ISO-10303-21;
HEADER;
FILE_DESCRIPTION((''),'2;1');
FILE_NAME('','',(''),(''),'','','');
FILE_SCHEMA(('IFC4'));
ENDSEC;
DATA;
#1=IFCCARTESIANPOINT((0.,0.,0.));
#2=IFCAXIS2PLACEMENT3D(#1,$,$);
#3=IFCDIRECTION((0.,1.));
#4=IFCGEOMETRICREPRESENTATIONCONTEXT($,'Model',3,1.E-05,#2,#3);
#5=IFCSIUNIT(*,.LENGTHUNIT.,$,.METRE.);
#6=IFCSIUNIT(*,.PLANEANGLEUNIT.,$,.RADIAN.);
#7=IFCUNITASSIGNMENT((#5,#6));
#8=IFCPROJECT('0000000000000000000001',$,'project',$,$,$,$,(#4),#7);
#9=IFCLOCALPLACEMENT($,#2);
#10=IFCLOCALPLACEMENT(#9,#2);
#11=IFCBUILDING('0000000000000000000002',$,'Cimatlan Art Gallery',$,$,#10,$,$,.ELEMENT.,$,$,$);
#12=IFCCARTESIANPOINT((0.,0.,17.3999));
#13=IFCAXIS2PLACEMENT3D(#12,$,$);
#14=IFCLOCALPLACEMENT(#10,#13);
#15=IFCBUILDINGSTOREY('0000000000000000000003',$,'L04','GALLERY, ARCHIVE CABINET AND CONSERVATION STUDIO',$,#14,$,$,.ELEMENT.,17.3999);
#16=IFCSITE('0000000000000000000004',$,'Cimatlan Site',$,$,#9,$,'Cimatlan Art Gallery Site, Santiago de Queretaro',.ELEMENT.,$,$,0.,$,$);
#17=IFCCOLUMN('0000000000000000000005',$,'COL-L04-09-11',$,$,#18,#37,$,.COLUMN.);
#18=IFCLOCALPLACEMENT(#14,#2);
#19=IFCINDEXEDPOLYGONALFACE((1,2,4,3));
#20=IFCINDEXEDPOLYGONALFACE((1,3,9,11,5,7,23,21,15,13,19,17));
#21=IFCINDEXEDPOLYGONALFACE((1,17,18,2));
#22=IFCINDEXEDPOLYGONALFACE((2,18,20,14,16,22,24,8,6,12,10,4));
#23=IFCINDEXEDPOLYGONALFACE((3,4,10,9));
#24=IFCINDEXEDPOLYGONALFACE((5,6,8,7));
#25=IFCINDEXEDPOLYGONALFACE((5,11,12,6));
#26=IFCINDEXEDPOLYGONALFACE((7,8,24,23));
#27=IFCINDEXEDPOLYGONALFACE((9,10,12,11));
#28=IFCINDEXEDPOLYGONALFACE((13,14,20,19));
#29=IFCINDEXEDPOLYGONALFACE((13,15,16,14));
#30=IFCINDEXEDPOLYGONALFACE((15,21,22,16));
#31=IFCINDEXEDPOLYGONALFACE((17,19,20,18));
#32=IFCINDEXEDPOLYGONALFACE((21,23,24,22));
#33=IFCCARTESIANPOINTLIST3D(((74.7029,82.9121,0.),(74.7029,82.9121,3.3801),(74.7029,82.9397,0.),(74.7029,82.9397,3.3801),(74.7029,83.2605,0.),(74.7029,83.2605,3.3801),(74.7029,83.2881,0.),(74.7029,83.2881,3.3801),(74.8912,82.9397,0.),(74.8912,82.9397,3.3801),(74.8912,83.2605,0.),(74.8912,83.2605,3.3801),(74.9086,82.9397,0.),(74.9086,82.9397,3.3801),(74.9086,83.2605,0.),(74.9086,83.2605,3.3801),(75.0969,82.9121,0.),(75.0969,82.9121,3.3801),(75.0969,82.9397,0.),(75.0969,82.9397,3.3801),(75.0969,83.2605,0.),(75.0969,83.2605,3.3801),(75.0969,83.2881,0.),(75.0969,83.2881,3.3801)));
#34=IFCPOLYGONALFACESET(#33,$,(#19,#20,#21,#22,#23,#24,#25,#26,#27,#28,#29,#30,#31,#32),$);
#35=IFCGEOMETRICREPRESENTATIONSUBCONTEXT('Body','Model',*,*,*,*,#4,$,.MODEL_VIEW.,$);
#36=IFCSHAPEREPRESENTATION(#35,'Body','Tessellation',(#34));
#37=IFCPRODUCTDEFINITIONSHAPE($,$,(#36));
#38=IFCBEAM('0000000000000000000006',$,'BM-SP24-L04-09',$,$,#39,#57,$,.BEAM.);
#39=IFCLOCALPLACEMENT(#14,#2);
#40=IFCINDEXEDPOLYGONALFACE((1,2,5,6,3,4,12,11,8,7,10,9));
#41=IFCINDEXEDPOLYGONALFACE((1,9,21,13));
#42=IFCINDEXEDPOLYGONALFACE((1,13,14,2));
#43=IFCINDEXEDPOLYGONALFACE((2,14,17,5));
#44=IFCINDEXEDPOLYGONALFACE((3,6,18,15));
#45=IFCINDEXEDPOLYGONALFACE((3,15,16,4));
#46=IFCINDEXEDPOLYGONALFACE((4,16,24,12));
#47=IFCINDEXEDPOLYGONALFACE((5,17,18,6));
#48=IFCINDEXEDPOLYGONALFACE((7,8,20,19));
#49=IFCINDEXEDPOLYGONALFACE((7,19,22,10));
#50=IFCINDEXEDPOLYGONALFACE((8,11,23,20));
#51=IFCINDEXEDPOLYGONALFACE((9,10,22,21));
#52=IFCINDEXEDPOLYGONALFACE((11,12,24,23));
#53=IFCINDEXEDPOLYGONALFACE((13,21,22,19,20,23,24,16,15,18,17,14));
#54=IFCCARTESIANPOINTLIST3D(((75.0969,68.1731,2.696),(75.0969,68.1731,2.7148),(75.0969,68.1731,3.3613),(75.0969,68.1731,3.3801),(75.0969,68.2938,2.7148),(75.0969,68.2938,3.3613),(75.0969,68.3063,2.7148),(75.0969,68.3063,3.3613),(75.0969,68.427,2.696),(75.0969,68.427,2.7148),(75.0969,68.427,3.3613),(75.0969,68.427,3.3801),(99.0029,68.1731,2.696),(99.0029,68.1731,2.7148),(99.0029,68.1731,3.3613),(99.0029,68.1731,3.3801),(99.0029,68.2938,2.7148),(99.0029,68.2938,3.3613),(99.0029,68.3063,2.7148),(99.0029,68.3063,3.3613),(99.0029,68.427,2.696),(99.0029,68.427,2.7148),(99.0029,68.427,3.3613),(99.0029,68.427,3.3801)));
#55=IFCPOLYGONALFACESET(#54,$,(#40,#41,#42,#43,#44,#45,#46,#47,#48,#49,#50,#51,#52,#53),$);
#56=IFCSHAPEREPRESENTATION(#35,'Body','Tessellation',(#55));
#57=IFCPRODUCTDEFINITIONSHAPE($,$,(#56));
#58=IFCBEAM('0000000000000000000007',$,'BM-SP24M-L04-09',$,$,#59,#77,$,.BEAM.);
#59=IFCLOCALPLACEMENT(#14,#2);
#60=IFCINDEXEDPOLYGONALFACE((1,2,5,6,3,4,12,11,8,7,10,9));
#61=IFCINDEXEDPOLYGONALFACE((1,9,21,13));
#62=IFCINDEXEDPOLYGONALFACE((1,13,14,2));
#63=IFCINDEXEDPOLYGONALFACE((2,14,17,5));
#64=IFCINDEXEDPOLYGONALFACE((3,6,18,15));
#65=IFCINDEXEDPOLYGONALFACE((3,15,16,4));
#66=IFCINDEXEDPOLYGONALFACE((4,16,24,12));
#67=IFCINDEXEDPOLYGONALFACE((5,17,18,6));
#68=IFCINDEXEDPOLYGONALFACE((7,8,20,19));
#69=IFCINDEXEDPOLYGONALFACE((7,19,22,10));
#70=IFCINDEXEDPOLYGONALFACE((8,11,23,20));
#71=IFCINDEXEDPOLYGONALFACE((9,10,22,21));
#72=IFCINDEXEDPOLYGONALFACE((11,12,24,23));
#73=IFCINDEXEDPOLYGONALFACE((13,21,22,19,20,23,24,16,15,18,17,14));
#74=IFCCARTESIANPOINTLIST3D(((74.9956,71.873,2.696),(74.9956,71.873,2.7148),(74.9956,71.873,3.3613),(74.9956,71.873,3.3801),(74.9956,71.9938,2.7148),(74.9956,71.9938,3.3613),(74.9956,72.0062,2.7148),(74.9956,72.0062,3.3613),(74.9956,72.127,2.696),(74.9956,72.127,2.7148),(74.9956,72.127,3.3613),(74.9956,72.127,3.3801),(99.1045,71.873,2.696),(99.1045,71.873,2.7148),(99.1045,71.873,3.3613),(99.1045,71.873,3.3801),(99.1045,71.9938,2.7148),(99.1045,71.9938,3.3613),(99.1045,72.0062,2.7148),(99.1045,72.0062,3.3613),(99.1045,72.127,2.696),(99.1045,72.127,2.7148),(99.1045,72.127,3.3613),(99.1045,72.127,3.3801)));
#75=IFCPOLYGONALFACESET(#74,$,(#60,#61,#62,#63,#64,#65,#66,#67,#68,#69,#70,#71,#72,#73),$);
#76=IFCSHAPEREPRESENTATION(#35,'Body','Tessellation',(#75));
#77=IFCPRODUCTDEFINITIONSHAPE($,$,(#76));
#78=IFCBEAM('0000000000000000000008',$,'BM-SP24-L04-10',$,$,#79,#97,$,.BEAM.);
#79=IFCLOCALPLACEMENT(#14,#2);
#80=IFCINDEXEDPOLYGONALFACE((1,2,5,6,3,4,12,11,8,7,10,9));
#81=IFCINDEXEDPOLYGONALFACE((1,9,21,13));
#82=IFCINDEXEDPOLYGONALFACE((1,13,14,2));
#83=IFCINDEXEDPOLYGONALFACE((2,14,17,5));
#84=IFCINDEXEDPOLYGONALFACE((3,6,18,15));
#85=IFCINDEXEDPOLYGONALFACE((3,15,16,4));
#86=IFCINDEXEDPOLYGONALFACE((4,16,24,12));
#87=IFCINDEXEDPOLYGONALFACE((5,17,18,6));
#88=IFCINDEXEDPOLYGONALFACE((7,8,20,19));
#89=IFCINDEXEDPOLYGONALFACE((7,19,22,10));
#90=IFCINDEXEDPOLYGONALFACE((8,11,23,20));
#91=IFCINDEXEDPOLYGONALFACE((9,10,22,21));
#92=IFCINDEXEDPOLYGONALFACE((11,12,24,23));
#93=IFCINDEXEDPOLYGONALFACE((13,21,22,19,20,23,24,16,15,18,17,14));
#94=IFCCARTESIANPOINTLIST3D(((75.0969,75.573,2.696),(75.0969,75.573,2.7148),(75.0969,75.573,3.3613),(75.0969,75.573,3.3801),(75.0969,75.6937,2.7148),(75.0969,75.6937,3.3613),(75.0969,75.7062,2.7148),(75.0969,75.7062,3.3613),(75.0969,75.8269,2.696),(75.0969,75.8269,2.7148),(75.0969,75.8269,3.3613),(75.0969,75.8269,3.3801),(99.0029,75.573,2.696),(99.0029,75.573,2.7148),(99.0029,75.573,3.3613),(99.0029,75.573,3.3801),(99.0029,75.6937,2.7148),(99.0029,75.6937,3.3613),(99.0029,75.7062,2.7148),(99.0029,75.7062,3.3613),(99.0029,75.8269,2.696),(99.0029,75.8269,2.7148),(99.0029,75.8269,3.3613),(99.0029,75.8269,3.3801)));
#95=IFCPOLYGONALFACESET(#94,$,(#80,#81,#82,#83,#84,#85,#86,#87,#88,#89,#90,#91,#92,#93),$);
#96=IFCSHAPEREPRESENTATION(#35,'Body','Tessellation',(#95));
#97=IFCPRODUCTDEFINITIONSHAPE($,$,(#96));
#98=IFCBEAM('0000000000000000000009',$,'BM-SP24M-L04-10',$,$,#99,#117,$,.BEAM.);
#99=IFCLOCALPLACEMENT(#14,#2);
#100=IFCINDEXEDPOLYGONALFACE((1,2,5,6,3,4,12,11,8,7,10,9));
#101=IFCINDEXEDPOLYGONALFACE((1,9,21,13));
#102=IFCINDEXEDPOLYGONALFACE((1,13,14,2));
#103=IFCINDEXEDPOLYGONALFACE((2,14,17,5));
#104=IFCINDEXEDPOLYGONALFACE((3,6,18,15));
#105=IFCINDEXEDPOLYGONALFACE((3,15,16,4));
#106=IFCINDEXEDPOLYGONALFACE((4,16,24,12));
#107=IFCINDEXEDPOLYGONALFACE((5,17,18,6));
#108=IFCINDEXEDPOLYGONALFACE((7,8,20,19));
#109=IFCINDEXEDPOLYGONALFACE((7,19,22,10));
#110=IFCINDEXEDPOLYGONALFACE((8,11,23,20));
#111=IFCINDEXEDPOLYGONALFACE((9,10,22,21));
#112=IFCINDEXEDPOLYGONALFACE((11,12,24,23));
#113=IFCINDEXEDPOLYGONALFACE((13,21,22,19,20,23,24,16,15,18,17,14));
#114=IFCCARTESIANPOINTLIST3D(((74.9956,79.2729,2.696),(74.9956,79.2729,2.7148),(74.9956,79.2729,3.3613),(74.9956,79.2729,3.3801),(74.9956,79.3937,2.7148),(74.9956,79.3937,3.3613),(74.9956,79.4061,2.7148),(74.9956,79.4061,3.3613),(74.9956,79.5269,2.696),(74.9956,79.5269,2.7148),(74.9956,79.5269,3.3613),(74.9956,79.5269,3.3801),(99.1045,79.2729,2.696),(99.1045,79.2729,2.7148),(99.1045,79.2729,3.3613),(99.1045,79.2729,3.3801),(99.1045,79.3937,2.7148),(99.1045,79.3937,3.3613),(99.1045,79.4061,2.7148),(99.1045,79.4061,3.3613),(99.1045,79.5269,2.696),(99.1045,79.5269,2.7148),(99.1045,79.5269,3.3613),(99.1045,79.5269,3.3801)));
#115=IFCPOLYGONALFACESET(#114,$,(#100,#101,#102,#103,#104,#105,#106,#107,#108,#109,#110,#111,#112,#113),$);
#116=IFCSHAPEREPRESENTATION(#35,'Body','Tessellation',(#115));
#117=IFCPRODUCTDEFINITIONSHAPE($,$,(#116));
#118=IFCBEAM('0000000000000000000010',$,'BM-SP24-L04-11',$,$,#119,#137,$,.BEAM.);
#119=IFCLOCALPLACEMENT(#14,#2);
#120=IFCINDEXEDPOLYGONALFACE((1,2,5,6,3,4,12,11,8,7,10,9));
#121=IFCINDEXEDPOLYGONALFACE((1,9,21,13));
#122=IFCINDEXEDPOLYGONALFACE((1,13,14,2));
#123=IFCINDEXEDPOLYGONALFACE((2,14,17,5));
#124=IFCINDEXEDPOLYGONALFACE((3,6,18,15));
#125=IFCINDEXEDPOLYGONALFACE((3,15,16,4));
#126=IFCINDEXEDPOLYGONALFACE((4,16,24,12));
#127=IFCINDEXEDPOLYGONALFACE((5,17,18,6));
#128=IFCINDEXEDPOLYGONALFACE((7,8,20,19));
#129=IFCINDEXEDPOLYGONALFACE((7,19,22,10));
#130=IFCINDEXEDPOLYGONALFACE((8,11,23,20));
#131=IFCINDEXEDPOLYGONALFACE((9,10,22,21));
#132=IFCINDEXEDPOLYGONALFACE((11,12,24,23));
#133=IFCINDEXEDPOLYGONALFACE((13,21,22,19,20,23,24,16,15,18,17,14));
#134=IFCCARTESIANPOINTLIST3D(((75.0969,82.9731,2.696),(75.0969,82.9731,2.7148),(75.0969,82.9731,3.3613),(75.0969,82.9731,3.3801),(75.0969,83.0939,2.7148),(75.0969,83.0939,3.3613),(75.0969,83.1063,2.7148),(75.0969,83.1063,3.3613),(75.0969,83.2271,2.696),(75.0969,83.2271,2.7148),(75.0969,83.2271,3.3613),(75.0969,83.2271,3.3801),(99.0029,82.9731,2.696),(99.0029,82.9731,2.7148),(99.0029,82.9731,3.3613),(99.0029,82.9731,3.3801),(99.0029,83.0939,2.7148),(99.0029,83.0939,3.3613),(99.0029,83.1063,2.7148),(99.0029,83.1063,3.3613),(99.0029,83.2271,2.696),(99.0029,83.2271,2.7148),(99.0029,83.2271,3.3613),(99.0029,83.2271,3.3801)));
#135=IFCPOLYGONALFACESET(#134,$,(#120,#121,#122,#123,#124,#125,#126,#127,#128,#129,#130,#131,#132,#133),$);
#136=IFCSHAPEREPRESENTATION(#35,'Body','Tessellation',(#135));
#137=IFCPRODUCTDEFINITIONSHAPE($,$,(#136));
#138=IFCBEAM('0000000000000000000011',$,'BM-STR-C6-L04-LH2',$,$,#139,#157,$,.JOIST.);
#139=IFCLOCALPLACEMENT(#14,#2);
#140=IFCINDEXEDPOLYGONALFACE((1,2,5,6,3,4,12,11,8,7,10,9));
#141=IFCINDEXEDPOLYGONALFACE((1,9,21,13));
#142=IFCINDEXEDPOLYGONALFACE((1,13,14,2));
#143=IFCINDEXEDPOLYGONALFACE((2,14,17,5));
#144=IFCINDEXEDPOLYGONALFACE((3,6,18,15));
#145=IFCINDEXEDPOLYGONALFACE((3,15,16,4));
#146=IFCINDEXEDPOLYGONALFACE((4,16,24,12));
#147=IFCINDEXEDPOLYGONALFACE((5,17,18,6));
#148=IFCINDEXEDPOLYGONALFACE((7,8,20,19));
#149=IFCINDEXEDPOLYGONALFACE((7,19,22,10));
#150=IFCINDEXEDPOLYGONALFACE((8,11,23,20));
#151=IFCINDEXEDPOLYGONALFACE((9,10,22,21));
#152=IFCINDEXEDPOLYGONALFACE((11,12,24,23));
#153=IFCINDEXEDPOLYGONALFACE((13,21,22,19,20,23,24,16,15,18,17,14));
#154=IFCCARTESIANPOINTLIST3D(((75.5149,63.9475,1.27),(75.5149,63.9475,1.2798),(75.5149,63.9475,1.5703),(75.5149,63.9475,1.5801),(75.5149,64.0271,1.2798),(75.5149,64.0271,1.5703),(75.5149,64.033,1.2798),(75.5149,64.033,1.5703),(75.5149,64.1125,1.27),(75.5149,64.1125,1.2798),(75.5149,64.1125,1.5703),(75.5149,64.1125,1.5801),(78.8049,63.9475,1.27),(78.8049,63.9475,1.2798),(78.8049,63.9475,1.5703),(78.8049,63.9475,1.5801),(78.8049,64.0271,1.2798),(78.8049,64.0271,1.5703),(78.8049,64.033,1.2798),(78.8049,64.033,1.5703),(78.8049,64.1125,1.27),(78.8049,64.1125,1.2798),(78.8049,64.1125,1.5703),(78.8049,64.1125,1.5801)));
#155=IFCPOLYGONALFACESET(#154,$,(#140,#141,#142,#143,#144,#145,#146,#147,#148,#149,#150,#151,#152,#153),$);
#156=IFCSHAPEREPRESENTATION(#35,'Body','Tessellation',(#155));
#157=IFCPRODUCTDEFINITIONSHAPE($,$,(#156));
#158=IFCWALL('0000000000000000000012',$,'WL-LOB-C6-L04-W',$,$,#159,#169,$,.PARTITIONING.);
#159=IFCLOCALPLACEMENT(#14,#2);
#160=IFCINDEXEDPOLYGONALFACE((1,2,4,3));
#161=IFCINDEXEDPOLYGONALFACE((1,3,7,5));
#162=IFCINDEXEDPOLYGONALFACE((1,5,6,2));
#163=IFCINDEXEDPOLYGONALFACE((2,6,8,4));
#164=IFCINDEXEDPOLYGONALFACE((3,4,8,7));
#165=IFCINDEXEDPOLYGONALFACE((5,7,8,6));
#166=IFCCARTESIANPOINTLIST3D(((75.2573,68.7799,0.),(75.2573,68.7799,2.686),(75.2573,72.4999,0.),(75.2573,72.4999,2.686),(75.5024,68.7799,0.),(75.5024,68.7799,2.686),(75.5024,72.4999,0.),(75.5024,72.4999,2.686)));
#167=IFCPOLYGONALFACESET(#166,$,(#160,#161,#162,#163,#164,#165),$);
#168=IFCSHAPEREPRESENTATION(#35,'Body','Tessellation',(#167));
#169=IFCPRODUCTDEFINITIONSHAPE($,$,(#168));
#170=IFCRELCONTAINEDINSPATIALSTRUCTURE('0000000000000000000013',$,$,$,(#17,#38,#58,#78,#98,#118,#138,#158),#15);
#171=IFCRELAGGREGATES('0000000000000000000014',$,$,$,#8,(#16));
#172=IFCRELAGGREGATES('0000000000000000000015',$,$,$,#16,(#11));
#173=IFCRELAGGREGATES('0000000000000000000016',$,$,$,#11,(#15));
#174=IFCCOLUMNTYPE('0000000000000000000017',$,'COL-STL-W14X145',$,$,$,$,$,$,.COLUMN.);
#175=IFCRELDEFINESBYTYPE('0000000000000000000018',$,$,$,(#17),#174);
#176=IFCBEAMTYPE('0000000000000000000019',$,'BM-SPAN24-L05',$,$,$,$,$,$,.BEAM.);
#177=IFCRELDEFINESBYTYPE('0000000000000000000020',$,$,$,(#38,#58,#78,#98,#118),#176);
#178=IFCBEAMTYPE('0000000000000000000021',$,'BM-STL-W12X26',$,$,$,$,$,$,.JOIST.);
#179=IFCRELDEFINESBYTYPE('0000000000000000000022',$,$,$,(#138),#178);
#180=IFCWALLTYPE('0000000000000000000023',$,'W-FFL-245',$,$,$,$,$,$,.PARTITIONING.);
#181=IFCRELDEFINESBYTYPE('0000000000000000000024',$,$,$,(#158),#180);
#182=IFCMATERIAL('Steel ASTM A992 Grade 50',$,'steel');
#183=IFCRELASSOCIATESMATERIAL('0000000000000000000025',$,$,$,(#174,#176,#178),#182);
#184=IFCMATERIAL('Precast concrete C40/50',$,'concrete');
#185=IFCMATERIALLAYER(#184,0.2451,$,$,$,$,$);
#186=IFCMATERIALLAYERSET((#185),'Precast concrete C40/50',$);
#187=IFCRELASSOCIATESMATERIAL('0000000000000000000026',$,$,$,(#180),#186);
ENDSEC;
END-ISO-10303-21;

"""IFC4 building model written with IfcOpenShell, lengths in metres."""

from ifc_helpers import new_model, si_unit, direction, frame, frame_2d, origin, origin_2d, place, context, subcontext, project, spatial, rectangle, i_section, extrude, material, layer, layer_set, material_profile, profile_set, type_object, element, save


model = new_model("IFC4")

# Units and contexts
model_context = context("Model", 3, precision=1e-05, world=origin(), true_north=direction((0.0, 1.0)))
body_context = subcontext(model_context, "Body", "Model", "MODEL_VIEW")
ifc_project = project(units=[si_unit("LENGTHUNIT", "METRE"), si_unit("PLANEANGLEUNIT", "RADIAN")], contexts=[model_context])

# Site, building, storey
site_placement = place(None, origin())
site = spatial("IfcSite", under=ifc_project, at=site_placement, Name="Cimatlan Site", LongName="Cimatlan Art Gallery Site, Santiago de Queretaro", CompositionType="ELEMENT", RefElevation=0.0)
building_placement = place(site_placement, origin())
building = spatial("IfcBuilding", under=site, at=building_placement, Name="Cimatlan Art Gallery", CompositionType="ELEMENT")
storey_placement = place(building_placement, frame((0.0, 0.0, 17.3999)))
storey = spatial("IfcBuildingStorey", under=building, at=storey_placement, Name="L04", Description="GALLERY, ARCHIVE CABINET AND CONSERVATION STUDIO", CompositionType="ELEMENT", Elevation=17.3999)

# Column
ifc_material_1 = material(Name="Steel ASTM A992 Grade 50", Category="steel")
ifc_material_profile_1 = material_profile(ifc_material_1, i_section(OverallWidth=0.394, OverallDepth=0.376, WebThickness=0.0173, FlangeThickness=0.0276, at=origin_2d()), Name="W14X145")
ifc_profile_set_1 = profile_set([ifc_material_profile_1], Name="Steel ASTM A992 Grade 50")
column_type = type_object("IfcColumnType", Name="COL-STL-W14X145", PredefinedType="COLUMN", material=ifc_profile_set_1)
column_placement = place(storey_placement, frame((74.8999, 83.1001, 0.0), z_axis=(0.0, 0.0, 1.0), x_axis=(1.0, 0.0, 0.0)))
element("IfcColumn", 1, at=column_placement, inside=storey, type_object=column_type, Name="COL-L04-09-11", PredefinedType="COLUMN", context=body_context, shape_type="SweptSolid", body=[
    extrude(i_section(OverallWidth=0.394, OverallDepth=0.376, WebThickness=0.0173, FlangeThickness=0.0276, at=origin_2d()), origin(), (0.0, 0.0, 1.0), 3.3801),
])

# Beams
ifc_material_profile_2 = material_profile(ifc_material_1, i_section(OverallWidth=0.2539, OverallDepth=0.6841, WebThickness=0.0125, FlangeThickness=0.0188, at=origin_2d()), Name="W27X94")
ifc_profile_set_2 = profile_set([ifc_material_profile_2], Name="Steel ASTM A992 Grade 50")
beam_type_1 = type_object("IfcBeamType", Name="BM-SPAN24-L05", PredefinedType="BEAM", material=ifc_profile_set_2)
beam_1_placement = place(storey_placement, frame((75.0969, 68.3, 3.0381), z_axis=(1.0, 0.0, 0.0), x_axis=(0.0, 1.0, 0.0)))
element("IfcBeam", 2, at=beam_1_placement, inside=storey, type_object=beam_type_1, Name="BM-SP24-L04-09", PredefinedType="BEAM", context=body_context, shape_type="SweptSolid", body=[
    extrude(i_section(OverallWidth=0.2539, OverallDepth=0.6841, WebThickness=0.0125, FlangeThickness=0.0188, at=origin_2d()), origin(), (0.0, 0.0, 1.0), 23.906),
])
beam_2_placement = place(storey_placement, frame((74.9956, 72.0, 3.0381), z_axis=(1.0, 0.0, 0.0), x_axis=(0.0, 1.0, 0.0)))
element("IfcBeam", 3, at=beam_2_placement, inside=storey, type_object=beam_type_1, Name="BM-SP24M-L04-09", PredefinedType="BEAM", context=body_context, shape_type="SweptSolid", body=[
    extrude(i_section(OverallWidth=0.2539, OverallDepth=0.6841, WebThickness=0.0125, FlangeThickness=0.0188, at=origin_2d()), origin(), (0.0, 0.0, 1.0), 24.1089),
])
beam_3_placement = place(storey_placement, frame((75.0969, 75.7, 3.0381), z_axis=(1.0, 0.0, 0.0), x_axis=(0.0, 1.0, 0.0)))
element("IfcBeam", 4, at=beam_3_placement, inside=storey, type_object=beam_type_1, Name="BM-SP24-L04-10", PredefinedType="BEAM", context=body_context, shape_type="SweptSolid", body=[
    extrude(i_section(OverallWidth=0.2539, OverallDepth=0.6841, WebThickness=0.0125, FlangeThickness=0.0188, at=origin_2d()), origin(), (0.0, 0.0, 1.0), 23.906),
])
beam_4_placement = place(storey_placement, frame((74.9956, 79.3999, 3.0381), z_axis=(1.0, 0.0, 0.0), x_axis=(0.0, 1.0, 0.0)))
element("IfcBeam", 5, at=beam_4_placement, inside=storey, type_object=beam_type_1, Name="BM-SP24M-L04-10", PredefinedType="BEAM", context=body_context, shape_type="SweptSolid", body=[
    extrude(i_section(OverallWidth=0.2539, OverallDepth=0.6841, WebThickness=0.0125, FlangeThickness=0.0188, at=origin_2d()), origin(), (0.0, 0.0, 1.0), 24.1089),
])
beam_5_placement = place(storey_placement, frame((75.0969, 83.1001, 3.0381), z_axis=(1.0, 0.0, 0.0), x_axis=(0.0, 1.0, 0.0)))
element("IfcBeam", 6, at=beam_5_placement, inside=storey, type_object=beam_type_1, Name="BM-SP24-L04-11", PredefinedType="BEAM", context=body_context, shape_type="SweptSolid", body=[
    extrude(i_section(OverallWidth=0.2539, OverallDepth=0.6841, WebThickness=0.0125, FlangeThickness=0.0188, at=origin_2d()), origin(), (0.0, 0.0, 1.0), 23.906),
])
ifc_material_profile_3 = material_profile(ifc_material_1, i_section(OverallWidth=0.165, OverallDepth=0.3101, WebThickness=0.0059, FlangeThickness=0.0098, at=origin_2d()), Name="W12X26")
ifc_profile_set_3 = profile_set([ifc_material_profile_3], Name="Steel ASTM A992 Grade 50")
beam_type_2 = type_object("IfcBeamType", Name="BM-STL-W12X26", PredefinedType="JOIST", material=ifc_profile_set_3)
beam_6_placement = place(storey_placement, frame((75.5149, 64.03, 1.425), z_axis=(1.0, 0.0, 0.0), x_axis=(0.0, 1.0, 0.0)))
element("IfcBeam", 7, at=beam_6_placement, inside=storey, type_object=beam_type_2, Name="BM-STR-C6-L04-LH2", PredefinedType="JOIST", context=body_context, shape_type="SweptSolid", body=[
    extrude(i_section(OverallWidth=0.165, OverallDepth=0.3101, WebThickness=0.0059, FlangeThickness=0.0098, at=origin_2d()), origin(), (0.0, 0.0, 1.0), 3.29),
])

# Shared definitions
ifc_material_2 = material(Name="Precast concrete C40/50", Category="concrete")
ifc_layer_1 = layer(ifc_material_2, 0.2451)
ifc_layer_set_1 = layer_set([ifc_layer_1], Name="Precast concrete C40/50")
wall_type_1 = type_object("IfcWallType", Name="W-FFL-245", PredefinedType="PARTITIONING", material=ifc_layer_set_1)

# Wall
wall_1_placement = place(storey_placement, frame((75.3799, 68.78, 0.0), z_axis=(0.0, 0.0, 1.0), x_axis=(0.0, 1.0, 0.0)))
element("IfcWall", 8, at=wall_1_placement, inside=storey, type_object=wall_type_1, Name="WL-LOB-C6-L04-W", PredefinedType="PARTITIONING", context=body_context, shape_type="SweptSolid", body=[
    extrude(rectangle(XDim=3.72, YDim=0.2451, at=frame_2d((1.8599, 0.0))), origin(), (0.0, 0.0, 1.0), 2.686),
])

save(model, "model.ifc")
